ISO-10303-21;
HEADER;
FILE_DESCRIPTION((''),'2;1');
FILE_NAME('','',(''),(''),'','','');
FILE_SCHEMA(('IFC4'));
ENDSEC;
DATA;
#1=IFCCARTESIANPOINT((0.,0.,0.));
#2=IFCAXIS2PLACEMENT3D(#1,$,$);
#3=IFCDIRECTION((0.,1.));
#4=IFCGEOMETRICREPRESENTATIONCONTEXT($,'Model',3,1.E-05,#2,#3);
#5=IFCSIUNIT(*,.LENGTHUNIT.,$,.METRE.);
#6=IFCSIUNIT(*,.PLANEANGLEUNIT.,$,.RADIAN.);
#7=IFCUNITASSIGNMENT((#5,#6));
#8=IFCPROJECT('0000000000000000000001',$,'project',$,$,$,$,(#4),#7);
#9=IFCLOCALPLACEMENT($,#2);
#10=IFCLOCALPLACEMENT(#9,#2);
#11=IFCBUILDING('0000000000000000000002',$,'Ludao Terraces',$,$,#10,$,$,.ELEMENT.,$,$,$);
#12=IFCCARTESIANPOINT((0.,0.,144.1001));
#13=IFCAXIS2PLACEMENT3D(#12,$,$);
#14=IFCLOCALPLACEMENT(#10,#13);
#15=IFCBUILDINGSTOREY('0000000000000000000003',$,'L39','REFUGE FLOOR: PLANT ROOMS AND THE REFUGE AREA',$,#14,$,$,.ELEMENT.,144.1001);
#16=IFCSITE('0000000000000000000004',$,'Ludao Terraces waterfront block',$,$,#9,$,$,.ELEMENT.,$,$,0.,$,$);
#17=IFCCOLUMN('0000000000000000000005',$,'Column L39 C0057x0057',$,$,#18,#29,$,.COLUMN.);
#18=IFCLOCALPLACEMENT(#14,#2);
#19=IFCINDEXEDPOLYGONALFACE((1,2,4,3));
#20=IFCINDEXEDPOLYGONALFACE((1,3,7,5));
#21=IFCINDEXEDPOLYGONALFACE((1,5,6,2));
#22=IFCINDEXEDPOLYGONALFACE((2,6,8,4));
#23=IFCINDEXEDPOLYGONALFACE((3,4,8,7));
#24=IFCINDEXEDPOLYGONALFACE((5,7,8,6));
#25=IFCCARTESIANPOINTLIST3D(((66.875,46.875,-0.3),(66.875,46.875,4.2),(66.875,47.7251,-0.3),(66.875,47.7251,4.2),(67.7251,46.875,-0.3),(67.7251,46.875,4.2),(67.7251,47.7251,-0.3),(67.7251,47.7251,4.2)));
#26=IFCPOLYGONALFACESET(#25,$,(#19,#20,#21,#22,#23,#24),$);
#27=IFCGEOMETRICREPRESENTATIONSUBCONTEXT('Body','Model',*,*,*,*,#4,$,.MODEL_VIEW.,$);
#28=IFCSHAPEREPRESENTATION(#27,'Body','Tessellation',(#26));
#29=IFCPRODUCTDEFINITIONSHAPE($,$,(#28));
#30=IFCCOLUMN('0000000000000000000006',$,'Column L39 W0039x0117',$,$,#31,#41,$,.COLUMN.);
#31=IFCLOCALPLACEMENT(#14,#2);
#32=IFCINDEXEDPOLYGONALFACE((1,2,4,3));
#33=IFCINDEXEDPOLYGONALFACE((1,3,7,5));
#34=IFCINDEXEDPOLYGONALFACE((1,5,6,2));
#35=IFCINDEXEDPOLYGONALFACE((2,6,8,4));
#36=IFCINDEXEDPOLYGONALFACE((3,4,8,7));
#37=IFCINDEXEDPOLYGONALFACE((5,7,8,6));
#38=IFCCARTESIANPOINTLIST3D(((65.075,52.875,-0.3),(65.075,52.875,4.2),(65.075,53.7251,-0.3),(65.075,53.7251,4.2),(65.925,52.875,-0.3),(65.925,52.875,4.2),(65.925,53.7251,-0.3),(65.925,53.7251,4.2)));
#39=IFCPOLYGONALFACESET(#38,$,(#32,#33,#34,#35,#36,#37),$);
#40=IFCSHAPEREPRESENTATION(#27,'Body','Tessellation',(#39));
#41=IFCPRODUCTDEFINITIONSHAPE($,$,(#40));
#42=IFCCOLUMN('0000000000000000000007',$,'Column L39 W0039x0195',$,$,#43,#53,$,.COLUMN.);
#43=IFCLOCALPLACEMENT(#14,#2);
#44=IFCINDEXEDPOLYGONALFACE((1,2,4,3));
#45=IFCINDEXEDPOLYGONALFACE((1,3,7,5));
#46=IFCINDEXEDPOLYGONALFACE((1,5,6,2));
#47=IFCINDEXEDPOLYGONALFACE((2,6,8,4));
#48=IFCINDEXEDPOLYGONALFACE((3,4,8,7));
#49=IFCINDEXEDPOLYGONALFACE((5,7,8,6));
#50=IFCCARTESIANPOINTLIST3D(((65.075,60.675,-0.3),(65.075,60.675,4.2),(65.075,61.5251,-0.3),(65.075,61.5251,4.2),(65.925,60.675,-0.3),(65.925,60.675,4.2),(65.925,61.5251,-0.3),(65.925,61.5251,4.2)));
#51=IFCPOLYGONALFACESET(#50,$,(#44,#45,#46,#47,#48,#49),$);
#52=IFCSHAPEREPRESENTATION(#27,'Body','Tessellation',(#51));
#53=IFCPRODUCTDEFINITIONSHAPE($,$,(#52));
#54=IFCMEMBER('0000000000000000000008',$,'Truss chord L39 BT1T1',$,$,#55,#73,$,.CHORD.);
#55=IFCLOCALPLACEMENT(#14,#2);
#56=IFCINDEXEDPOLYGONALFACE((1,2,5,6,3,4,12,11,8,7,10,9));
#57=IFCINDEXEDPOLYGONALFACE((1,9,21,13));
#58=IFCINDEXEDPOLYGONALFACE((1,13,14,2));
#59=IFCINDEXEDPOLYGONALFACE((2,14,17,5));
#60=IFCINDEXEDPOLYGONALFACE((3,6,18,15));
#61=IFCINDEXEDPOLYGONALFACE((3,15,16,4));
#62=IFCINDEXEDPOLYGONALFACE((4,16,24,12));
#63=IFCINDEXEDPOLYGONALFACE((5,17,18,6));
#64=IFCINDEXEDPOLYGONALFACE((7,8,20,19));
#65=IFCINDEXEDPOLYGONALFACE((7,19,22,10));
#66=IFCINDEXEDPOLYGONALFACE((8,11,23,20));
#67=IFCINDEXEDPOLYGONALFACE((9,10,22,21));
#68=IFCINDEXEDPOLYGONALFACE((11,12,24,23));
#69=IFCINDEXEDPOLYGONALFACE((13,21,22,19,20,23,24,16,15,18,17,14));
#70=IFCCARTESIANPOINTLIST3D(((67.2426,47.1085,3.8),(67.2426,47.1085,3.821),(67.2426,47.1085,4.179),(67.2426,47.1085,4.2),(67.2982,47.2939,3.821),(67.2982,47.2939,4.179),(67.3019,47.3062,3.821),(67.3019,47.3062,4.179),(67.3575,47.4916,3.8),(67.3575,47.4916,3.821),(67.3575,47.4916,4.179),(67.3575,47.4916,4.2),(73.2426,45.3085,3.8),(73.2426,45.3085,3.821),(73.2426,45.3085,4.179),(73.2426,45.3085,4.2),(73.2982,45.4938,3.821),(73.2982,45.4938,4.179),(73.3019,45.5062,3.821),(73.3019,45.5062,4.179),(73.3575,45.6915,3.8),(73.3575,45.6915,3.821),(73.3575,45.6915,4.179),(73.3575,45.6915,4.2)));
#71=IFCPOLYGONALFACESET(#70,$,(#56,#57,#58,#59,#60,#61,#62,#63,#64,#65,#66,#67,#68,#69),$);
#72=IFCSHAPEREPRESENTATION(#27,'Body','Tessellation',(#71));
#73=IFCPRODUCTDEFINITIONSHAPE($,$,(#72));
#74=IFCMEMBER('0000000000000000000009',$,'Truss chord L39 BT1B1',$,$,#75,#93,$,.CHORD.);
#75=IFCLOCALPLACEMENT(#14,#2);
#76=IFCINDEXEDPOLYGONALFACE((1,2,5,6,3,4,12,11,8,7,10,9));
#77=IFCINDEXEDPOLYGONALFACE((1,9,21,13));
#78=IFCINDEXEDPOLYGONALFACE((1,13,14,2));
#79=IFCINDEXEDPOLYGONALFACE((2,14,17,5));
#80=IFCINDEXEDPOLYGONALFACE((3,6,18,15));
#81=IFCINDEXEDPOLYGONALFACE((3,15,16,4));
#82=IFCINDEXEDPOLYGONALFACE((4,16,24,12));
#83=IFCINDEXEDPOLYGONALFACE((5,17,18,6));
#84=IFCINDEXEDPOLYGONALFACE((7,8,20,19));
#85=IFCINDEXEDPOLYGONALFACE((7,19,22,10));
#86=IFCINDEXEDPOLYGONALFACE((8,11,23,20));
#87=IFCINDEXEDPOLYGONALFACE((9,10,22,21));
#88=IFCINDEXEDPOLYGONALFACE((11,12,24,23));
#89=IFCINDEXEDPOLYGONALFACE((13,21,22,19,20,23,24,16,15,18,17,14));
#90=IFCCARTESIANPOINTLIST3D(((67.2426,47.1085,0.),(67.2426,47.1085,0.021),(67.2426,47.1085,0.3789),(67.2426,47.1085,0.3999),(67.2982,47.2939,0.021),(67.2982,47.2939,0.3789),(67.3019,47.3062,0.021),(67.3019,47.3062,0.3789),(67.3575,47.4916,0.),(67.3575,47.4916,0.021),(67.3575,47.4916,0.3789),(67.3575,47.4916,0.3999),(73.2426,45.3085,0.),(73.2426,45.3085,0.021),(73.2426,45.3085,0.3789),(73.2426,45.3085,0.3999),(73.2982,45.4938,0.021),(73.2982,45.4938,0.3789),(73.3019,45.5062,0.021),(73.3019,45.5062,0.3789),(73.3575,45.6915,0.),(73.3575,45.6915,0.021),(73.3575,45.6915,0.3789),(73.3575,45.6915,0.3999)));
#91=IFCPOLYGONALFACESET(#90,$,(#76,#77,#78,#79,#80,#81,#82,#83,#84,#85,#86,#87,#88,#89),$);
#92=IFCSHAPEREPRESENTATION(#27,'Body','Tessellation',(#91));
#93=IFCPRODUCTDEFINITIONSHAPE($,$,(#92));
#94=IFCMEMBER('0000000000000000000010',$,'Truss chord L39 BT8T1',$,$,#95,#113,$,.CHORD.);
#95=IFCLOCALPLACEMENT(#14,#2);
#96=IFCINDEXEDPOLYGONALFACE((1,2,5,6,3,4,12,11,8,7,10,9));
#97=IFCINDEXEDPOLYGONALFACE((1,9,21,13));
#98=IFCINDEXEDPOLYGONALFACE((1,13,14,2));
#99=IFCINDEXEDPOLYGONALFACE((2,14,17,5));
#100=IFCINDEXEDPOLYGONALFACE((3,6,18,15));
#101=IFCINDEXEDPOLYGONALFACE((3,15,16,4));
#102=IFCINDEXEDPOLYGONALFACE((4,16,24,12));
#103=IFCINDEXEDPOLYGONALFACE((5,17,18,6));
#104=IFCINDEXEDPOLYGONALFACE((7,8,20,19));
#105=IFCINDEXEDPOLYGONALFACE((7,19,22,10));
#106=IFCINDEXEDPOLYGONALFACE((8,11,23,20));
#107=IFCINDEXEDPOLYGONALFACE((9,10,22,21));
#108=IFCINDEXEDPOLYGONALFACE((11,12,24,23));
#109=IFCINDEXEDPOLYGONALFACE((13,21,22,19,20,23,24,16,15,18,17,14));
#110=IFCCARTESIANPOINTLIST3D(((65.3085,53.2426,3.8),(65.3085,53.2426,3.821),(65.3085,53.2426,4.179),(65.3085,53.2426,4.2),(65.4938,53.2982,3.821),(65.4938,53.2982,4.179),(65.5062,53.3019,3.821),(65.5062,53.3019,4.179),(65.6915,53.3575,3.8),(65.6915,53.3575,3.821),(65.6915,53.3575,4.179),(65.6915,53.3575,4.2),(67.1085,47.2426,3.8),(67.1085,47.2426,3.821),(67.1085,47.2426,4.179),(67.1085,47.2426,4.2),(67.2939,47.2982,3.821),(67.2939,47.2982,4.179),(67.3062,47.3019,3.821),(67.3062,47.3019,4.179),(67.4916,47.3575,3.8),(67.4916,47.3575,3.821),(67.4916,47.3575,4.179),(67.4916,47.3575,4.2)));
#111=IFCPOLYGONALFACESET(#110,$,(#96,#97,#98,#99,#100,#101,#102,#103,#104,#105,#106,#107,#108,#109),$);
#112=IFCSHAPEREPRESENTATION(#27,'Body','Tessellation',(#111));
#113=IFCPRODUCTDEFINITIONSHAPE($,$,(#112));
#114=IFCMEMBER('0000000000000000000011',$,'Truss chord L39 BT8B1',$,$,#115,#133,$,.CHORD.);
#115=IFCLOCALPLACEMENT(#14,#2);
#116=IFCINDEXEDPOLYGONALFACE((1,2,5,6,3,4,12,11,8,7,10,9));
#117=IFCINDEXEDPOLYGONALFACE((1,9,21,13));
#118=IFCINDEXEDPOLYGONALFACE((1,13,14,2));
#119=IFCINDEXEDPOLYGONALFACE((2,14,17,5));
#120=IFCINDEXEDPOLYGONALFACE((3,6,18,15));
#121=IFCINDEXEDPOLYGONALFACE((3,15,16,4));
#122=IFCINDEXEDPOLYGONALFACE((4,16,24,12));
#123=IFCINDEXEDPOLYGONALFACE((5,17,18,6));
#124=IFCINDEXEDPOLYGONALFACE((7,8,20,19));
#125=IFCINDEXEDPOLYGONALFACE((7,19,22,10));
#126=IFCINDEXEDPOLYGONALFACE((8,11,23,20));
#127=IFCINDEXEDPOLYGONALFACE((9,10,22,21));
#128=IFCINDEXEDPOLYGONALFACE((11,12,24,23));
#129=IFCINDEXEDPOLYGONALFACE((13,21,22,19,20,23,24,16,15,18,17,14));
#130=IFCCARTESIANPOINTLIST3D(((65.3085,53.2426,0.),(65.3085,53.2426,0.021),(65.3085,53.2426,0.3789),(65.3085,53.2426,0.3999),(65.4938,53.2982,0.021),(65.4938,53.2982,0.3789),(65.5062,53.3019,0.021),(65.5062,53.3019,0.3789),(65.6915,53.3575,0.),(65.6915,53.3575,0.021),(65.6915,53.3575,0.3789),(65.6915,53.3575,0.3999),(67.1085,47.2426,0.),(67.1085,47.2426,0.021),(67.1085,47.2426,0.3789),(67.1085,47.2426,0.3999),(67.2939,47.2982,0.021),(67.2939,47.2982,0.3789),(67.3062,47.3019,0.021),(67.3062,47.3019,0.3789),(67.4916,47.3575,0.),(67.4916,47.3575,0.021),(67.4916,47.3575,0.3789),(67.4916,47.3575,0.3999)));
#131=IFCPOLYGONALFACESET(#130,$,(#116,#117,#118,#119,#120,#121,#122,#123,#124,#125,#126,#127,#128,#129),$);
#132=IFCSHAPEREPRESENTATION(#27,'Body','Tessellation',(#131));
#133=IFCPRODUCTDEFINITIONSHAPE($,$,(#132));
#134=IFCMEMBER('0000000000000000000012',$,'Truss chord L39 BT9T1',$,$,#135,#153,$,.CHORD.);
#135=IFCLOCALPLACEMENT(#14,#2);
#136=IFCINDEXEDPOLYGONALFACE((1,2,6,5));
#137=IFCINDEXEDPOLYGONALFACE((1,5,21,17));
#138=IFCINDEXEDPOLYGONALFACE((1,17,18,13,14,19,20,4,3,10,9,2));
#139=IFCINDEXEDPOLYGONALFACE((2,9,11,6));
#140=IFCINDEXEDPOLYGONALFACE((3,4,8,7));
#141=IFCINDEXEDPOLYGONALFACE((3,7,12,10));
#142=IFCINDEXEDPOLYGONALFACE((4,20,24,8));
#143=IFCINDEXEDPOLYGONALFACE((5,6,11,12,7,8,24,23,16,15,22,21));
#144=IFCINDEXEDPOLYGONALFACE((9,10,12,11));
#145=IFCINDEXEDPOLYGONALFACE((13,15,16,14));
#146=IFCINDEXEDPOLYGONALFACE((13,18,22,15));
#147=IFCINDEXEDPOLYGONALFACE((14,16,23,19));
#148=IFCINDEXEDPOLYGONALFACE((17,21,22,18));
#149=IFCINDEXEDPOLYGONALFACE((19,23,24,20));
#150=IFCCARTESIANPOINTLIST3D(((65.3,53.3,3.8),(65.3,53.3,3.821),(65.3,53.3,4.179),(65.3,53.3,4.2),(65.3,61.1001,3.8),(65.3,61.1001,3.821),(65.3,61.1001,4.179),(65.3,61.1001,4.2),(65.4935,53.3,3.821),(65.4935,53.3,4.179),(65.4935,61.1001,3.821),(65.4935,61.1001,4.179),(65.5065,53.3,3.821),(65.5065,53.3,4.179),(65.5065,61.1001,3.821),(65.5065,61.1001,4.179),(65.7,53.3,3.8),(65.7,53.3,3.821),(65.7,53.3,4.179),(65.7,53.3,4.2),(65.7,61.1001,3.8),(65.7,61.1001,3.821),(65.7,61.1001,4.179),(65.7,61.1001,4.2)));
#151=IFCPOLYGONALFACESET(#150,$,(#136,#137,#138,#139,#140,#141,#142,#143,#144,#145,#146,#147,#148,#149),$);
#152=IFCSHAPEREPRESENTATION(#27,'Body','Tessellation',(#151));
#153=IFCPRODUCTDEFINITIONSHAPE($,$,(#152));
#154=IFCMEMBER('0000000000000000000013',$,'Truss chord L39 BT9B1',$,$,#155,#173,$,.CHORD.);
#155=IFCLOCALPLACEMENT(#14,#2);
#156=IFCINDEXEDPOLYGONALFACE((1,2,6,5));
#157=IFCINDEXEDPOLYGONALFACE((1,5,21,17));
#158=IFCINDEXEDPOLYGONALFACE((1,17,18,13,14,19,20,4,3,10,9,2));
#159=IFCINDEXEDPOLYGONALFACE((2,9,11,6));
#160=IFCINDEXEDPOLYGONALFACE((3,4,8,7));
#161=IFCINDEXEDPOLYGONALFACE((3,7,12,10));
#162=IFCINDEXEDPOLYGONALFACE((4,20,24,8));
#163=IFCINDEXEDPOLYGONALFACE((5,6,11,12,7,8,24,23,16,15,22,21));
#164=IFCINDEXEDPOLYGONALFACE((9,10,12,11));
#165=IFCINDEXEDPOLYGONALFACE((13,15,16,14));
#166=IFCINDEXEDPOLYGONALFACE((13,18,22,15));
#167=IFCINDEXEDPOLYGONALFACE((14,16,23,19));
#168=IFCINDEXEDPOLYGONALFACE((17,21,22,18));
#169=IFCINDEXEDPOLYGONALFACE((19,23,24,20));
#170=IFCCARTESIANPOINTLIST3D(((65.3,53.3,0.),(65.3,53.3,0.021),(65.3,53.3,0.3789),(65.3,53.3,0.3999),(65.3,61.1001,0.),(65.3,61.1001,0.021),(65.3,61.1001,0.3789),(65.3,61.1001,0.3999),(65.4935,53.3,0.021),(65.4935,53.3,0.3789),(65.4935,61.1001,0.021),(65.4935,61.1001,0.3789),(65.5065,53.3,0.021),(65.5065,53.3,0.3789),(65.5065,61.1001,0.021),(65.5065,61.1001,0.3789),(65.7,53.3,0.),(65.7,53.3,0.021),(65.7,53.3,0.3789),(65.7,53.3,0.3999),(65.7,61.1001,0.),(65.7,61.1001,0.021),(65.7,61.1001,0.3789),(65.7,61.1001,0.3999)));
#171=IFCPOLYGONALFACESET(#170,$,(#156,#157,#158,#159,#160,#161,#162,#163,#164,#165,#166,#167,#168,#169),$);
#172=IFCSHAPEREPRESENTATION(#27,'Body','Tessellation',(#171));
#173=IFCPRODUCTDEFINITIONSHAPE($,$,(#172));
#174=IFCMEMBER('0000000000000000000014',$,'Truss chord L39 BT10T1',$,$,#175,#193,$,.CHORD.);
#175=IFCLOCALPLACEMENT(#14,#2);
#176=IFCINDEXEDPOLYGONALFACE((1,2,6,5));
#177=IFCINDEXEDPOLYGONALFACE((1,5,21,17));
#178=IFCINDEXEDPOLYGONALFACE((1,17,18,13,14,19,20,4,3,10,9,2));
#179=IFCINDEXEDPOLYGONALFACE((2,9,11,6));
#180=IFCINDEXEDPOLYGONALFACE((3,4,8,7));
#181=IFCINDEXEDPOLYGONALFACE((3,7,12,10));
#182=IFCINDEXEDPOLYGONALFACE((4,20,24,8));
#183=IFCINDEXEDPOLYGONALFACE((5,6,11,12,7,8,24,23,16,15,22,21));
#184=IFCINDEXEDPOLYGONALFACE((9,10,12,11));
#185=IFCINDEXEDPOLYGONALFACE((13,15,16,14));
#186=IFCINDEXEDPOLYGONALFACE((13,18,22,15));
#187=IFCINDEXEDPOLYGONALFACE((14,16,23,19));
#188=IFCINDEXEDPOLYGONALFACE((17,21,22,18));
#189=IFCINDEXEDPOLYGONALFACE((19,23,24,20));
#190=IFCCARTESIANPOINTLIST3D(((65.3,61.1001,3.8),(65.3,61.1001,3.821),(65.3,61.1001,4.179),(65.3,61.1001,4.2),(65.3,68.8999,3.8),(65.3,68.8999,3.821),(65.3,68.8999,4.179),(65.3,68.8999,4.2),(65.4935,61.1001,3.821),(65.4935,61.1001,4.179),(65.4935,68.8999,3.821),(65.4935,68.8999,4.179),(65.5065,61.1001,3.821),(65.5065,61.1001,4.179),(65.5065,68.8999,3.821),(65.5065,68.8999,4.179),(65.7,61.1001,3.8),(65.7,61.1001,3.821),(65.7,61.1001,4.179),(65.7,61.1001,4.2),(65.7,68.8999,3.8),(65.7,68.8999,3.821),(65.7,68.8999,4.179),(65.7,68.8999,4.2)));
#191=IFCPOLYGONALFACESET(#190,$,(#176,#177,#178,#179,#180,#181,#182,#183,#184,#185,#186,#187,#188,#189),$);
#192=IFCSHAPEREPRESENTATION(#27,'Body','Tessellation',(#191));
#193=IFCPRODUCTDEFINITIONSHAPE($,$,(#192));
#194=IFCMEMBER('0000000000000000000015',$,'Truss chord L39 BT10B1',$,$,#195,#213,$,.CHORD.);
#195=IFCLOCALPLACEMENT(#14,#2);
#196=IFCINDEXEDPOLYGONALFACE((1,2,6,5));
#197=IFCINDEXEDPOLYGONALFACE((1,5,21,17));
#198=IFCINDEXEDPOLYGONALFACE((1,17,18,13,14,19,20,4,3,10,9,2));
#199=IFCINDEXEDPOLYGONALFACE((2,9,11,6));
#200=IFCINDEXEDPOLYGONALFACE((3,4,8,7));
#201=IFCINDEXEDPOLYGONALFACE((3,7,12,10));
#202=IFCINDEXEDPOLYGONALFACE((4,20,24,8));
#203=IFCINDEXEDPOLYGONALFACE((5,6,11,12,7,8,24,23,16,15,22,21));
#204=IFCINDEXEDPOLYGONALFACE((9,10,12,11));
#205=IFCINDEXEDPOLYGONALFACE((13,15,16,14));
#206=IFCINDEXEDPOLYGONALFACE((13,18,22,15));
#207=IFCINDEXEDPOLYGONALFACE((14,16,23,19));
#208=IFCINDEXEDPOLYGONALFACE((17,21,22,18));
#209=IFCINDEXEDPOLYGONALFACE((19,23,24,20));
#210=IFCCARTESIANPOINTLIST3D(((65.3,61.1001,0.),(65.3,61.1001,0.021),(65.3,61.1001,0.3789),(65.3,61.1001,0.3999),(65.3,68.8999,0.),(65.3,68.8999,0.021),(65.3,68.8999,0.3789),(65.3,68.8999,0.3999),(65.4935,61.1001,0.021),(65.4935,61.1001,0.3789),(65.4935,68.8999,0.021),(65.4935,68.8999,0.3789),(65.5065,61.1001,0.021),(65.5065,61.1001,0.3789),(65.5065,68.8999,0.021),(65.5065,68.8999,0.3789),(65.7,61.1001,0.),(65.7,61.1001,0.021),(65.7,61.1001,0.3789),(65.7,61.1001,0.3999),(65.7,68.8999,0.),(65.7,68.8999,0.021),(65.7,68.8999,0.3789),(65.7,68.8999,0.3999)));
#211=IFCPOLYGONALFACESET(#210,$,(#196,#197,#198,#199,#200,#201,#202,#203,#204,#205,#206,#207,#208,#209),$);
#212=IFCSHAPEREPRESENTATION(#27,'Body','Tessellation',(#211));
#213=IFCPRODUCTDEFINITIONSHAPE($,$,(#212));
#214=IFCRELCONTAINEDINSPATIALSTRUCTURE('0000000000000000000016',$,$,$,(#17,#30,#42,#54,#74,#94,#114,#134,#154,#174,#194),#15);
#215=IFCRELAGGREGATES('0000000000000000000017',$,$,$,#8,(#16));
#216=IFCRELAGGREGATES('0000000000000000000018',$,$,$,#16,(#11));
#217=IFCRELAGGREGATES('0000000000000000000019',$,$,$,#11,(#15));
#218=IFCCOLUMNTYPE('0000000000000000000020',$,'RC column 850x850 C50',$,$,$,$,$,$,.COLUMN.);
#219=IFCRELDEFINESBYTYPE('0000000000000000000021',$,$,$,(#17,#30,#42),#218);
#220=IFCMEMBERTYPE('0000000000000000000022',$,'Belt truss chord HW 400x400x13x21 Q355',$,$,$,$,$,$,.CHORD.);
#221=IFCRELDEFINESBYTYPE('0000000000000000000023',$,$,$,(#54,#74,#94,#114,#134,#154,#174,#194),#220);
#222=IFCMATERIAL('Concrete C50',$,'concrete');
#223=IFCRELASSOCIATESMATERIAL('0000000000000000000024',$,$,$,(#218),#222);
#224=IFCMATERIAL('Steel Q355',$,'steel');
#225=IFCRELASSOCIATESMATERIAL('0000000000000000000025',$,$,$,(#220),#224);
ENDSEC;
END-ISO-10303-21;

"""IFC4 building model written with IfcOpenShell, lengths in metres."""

from ifc_helpers import new_model, si_unit, direction, frame, origin, origin_2d, place, context, subcontext, project, spatial, rectangle, i_section, extrude, material, material_profile, profile_set, type_object, element, save


model = new_model("IFC4")

# Units and contexts
model_context = context("Model", 3, precision=1e-05, world=origin(), true_north=direction((0.0, 1.0)))
body_context = subcontext(model_context, "Body", "Model", "MODEL_VIEW")
ifc_project = project(units=[si_unit("LENGTHUNIT", "METRE"), si_unit("PLANEANGLEUNIT", "RADIAN")], contexts=[model_context])

# Site, building, storey
site_placement = place(None, origin())
site = spatial("IfcSite", under=ifc_project, at=site_placement, Name="Ludao Terraces waterfront block", CompositionType="ELEMENT", RefElevation=0.0)
building_placement = place(site_placement, origin())
building = spatial("IfcBuilding", under=site, at=building_placement, Name="Ludao Terraces", CompositionType="ELEMENT")
storey_placement = place(building_placement, frame((0.0, 0.0, 144.1001)))
storey = spatial("IfcBuildingStorey", under=building, at=storey_placement, Name="L39", Description="REFUGE FLOOR: PLANT ROOMS AND THE REFUGE AREA", CompositionType="ELEMENT", Elevation=144.1001)

# Columns
ifc_material_1 = material(Name="Concrete C50", Category="concrete")
ifc_material_profile_1 = material_profile(ifc_material_1, rectangle(XDim=0.8501, YDim=0.8501, at=origin_2d()), Name="850 X 850")
ifc_profile_set_1 = profile_set([ifc_material_profile_1], Name="Concrete C50")
column_type = type_object("IfcColumnType", Name="RC column 850x850 C50", PredefinedType="COLUMN", material=ifc_profile_set_1)
for number, where, z_axis, x_axis, name in (
    (1, (67.3, 47.3, -0.3), (0.0, 0.0, 1.0), (1.0, 0.0, 0.0), "Column L39 C0057x0057"),
    (2, (65.5, 53.3, -0.3), (0.0, 0.0, 1.0), (1.0, 0.0, 0.0), "Column L39 W0039x0117"),
    (3, (65.5, 61.1001, -0.3), (0.0, 0.0, 1.0), (1.0, 0.0, 0.0), "Column L39 W0039x0195"),
):
    element("IfcColumn", number, at=place(storey_placement, frame(where, z_axis=z_axis, x_axis=x_axis)), inside=storey, type_object=column_type, Name=name, PredefinedType="COLUMN", context=body_context, shape_type="SweptSolid", body=[
        extrude(rectangle(XDim=0.8501, YDim=0.8501, at=origin_2d()), origin(), (0.0, 0.0, 1.0), 4.5),
    ])

# Members
ifc_material_2 = material(Name="Steel Q355", Category="steel")
ifc_material_profile_2 = material_profile(ifc_material_2, i_section(OverallWidth=0.3999, OverallDepth=0.3999, WebThickness=0.0129, FlangeThickness=0.021, at=origin_2d()), Name="HW 400X400X13X21")
ifc_profile_set_2 = profile_set([ifc_material_profile_2], Name="Steel Q355")
member_type_1 = type_object("IfcMemberType", Name="Belt truss chord HW 400x400x13x21 Q355", PredefinedType="CHORD", material=ifc_profile_set_2)
for number, where, z_axis, x_axis, name in (
    (4, (67.3, 47.3, 4.0), (0.957824, -0.287355, 0.0), (0.287355, 0.957824, 0.0), "Truss chord L39 BT1T1"),
    (5, (67.3, 47.3, 0.2), (0.957824, -0.287355, 0.0), (0.287355, 0.957824, 0.0), "Truss chord L39 BT1B1"),
    (6, (67.3, 47.3, 4.0), (-0.287355, 0.957824, 0.0), (-0.957824, -0.287355, 0.0), "Truss chord L39 BT8T1"),
    (7, (67.3, 47.3, 0.2), (-0.287355, 0.957824, 0.0), (-0.957824, -0.287355, 0.0), "Truss chord L39 BT8B1"),
):
    element("IfcMember", number, at=place(storey_placement, frame(where, z_axis=z_axis, x_axis=x_axis)), inside=storey, type_object=member_type_1, Name=name, PredefinedType="CHORD", context=body_context, shape_type="SweptSolid", body=[
        extrude(i_section(OverallWidth=0.3999, OverallDepth=0.3999, WebThickness=0.0129, FlangeThickness=0.021, at=origin_2d()), origin(), (0.0, 0.0, 1.0), 6.2642),
    ])
for number, where, z_axis, x_axis, name in (
    (8, (65.5, 53.3, 4.0), (0.0, 1.0, 0.0), (-1.0, 0.0, 0.0), "Truss chord L39 BT9T1"),
    (9, (65.5, 53.3, 0.2), (0.0, 1.0, 0.0), (-1.0, 0.0, 0.0), "Truss chord L39 BT9B1"),
):
    element("IfcMember", number, at=place(storey_placement, frame(where, z_axis=z_axis, x_axis=x_axis)), inside=storey, type_object=member_type_1, Name=name, PredefinedType="CHORD", context=body_context, shape_type="SweptSolid", body=[
        extrude(i_section(OverallWidth=0.3999, OverallDepth=0.3999, WebThickness=0.0129, FlangeThickness=0.021, at=origin_2d()), origin(), (0.0, 0.0, 1.0), 7.8),
    ])
for number, where, z_axis, x_axis, name in (
    (10, (65.5, 61.1001, 4.0), (0.0, 1.0, 0.0), (-1.0, 0.0, 0.0), "Truss chord L39 BT10T1"),
    (11, (65.5, 61.1001, 0.2), (0.0, 1.0, 0.0), (-1.0, 0.0, 0.0), "Truss chord L39 BT10B1"),
):
    element("IfcMember", number, at=place(storey_placement, frame(where, z_axis=z_axis, x_axis=x_axis)), inside=storey, type_object=member_type_1, Name=name, PredefinedType="CHORD", context=body_context, shape_type="SweptSolid", body=[
        extrude(i_section(OverallWidth=0.3999, OverallDepth=0.3999, WebThickness=0.0129, FlangeThickness=0.021, at=origin_2d()), origin(), (0.0, 0.0, 1.0), 7.7998),
    ])

save(model, "model.ifc")
